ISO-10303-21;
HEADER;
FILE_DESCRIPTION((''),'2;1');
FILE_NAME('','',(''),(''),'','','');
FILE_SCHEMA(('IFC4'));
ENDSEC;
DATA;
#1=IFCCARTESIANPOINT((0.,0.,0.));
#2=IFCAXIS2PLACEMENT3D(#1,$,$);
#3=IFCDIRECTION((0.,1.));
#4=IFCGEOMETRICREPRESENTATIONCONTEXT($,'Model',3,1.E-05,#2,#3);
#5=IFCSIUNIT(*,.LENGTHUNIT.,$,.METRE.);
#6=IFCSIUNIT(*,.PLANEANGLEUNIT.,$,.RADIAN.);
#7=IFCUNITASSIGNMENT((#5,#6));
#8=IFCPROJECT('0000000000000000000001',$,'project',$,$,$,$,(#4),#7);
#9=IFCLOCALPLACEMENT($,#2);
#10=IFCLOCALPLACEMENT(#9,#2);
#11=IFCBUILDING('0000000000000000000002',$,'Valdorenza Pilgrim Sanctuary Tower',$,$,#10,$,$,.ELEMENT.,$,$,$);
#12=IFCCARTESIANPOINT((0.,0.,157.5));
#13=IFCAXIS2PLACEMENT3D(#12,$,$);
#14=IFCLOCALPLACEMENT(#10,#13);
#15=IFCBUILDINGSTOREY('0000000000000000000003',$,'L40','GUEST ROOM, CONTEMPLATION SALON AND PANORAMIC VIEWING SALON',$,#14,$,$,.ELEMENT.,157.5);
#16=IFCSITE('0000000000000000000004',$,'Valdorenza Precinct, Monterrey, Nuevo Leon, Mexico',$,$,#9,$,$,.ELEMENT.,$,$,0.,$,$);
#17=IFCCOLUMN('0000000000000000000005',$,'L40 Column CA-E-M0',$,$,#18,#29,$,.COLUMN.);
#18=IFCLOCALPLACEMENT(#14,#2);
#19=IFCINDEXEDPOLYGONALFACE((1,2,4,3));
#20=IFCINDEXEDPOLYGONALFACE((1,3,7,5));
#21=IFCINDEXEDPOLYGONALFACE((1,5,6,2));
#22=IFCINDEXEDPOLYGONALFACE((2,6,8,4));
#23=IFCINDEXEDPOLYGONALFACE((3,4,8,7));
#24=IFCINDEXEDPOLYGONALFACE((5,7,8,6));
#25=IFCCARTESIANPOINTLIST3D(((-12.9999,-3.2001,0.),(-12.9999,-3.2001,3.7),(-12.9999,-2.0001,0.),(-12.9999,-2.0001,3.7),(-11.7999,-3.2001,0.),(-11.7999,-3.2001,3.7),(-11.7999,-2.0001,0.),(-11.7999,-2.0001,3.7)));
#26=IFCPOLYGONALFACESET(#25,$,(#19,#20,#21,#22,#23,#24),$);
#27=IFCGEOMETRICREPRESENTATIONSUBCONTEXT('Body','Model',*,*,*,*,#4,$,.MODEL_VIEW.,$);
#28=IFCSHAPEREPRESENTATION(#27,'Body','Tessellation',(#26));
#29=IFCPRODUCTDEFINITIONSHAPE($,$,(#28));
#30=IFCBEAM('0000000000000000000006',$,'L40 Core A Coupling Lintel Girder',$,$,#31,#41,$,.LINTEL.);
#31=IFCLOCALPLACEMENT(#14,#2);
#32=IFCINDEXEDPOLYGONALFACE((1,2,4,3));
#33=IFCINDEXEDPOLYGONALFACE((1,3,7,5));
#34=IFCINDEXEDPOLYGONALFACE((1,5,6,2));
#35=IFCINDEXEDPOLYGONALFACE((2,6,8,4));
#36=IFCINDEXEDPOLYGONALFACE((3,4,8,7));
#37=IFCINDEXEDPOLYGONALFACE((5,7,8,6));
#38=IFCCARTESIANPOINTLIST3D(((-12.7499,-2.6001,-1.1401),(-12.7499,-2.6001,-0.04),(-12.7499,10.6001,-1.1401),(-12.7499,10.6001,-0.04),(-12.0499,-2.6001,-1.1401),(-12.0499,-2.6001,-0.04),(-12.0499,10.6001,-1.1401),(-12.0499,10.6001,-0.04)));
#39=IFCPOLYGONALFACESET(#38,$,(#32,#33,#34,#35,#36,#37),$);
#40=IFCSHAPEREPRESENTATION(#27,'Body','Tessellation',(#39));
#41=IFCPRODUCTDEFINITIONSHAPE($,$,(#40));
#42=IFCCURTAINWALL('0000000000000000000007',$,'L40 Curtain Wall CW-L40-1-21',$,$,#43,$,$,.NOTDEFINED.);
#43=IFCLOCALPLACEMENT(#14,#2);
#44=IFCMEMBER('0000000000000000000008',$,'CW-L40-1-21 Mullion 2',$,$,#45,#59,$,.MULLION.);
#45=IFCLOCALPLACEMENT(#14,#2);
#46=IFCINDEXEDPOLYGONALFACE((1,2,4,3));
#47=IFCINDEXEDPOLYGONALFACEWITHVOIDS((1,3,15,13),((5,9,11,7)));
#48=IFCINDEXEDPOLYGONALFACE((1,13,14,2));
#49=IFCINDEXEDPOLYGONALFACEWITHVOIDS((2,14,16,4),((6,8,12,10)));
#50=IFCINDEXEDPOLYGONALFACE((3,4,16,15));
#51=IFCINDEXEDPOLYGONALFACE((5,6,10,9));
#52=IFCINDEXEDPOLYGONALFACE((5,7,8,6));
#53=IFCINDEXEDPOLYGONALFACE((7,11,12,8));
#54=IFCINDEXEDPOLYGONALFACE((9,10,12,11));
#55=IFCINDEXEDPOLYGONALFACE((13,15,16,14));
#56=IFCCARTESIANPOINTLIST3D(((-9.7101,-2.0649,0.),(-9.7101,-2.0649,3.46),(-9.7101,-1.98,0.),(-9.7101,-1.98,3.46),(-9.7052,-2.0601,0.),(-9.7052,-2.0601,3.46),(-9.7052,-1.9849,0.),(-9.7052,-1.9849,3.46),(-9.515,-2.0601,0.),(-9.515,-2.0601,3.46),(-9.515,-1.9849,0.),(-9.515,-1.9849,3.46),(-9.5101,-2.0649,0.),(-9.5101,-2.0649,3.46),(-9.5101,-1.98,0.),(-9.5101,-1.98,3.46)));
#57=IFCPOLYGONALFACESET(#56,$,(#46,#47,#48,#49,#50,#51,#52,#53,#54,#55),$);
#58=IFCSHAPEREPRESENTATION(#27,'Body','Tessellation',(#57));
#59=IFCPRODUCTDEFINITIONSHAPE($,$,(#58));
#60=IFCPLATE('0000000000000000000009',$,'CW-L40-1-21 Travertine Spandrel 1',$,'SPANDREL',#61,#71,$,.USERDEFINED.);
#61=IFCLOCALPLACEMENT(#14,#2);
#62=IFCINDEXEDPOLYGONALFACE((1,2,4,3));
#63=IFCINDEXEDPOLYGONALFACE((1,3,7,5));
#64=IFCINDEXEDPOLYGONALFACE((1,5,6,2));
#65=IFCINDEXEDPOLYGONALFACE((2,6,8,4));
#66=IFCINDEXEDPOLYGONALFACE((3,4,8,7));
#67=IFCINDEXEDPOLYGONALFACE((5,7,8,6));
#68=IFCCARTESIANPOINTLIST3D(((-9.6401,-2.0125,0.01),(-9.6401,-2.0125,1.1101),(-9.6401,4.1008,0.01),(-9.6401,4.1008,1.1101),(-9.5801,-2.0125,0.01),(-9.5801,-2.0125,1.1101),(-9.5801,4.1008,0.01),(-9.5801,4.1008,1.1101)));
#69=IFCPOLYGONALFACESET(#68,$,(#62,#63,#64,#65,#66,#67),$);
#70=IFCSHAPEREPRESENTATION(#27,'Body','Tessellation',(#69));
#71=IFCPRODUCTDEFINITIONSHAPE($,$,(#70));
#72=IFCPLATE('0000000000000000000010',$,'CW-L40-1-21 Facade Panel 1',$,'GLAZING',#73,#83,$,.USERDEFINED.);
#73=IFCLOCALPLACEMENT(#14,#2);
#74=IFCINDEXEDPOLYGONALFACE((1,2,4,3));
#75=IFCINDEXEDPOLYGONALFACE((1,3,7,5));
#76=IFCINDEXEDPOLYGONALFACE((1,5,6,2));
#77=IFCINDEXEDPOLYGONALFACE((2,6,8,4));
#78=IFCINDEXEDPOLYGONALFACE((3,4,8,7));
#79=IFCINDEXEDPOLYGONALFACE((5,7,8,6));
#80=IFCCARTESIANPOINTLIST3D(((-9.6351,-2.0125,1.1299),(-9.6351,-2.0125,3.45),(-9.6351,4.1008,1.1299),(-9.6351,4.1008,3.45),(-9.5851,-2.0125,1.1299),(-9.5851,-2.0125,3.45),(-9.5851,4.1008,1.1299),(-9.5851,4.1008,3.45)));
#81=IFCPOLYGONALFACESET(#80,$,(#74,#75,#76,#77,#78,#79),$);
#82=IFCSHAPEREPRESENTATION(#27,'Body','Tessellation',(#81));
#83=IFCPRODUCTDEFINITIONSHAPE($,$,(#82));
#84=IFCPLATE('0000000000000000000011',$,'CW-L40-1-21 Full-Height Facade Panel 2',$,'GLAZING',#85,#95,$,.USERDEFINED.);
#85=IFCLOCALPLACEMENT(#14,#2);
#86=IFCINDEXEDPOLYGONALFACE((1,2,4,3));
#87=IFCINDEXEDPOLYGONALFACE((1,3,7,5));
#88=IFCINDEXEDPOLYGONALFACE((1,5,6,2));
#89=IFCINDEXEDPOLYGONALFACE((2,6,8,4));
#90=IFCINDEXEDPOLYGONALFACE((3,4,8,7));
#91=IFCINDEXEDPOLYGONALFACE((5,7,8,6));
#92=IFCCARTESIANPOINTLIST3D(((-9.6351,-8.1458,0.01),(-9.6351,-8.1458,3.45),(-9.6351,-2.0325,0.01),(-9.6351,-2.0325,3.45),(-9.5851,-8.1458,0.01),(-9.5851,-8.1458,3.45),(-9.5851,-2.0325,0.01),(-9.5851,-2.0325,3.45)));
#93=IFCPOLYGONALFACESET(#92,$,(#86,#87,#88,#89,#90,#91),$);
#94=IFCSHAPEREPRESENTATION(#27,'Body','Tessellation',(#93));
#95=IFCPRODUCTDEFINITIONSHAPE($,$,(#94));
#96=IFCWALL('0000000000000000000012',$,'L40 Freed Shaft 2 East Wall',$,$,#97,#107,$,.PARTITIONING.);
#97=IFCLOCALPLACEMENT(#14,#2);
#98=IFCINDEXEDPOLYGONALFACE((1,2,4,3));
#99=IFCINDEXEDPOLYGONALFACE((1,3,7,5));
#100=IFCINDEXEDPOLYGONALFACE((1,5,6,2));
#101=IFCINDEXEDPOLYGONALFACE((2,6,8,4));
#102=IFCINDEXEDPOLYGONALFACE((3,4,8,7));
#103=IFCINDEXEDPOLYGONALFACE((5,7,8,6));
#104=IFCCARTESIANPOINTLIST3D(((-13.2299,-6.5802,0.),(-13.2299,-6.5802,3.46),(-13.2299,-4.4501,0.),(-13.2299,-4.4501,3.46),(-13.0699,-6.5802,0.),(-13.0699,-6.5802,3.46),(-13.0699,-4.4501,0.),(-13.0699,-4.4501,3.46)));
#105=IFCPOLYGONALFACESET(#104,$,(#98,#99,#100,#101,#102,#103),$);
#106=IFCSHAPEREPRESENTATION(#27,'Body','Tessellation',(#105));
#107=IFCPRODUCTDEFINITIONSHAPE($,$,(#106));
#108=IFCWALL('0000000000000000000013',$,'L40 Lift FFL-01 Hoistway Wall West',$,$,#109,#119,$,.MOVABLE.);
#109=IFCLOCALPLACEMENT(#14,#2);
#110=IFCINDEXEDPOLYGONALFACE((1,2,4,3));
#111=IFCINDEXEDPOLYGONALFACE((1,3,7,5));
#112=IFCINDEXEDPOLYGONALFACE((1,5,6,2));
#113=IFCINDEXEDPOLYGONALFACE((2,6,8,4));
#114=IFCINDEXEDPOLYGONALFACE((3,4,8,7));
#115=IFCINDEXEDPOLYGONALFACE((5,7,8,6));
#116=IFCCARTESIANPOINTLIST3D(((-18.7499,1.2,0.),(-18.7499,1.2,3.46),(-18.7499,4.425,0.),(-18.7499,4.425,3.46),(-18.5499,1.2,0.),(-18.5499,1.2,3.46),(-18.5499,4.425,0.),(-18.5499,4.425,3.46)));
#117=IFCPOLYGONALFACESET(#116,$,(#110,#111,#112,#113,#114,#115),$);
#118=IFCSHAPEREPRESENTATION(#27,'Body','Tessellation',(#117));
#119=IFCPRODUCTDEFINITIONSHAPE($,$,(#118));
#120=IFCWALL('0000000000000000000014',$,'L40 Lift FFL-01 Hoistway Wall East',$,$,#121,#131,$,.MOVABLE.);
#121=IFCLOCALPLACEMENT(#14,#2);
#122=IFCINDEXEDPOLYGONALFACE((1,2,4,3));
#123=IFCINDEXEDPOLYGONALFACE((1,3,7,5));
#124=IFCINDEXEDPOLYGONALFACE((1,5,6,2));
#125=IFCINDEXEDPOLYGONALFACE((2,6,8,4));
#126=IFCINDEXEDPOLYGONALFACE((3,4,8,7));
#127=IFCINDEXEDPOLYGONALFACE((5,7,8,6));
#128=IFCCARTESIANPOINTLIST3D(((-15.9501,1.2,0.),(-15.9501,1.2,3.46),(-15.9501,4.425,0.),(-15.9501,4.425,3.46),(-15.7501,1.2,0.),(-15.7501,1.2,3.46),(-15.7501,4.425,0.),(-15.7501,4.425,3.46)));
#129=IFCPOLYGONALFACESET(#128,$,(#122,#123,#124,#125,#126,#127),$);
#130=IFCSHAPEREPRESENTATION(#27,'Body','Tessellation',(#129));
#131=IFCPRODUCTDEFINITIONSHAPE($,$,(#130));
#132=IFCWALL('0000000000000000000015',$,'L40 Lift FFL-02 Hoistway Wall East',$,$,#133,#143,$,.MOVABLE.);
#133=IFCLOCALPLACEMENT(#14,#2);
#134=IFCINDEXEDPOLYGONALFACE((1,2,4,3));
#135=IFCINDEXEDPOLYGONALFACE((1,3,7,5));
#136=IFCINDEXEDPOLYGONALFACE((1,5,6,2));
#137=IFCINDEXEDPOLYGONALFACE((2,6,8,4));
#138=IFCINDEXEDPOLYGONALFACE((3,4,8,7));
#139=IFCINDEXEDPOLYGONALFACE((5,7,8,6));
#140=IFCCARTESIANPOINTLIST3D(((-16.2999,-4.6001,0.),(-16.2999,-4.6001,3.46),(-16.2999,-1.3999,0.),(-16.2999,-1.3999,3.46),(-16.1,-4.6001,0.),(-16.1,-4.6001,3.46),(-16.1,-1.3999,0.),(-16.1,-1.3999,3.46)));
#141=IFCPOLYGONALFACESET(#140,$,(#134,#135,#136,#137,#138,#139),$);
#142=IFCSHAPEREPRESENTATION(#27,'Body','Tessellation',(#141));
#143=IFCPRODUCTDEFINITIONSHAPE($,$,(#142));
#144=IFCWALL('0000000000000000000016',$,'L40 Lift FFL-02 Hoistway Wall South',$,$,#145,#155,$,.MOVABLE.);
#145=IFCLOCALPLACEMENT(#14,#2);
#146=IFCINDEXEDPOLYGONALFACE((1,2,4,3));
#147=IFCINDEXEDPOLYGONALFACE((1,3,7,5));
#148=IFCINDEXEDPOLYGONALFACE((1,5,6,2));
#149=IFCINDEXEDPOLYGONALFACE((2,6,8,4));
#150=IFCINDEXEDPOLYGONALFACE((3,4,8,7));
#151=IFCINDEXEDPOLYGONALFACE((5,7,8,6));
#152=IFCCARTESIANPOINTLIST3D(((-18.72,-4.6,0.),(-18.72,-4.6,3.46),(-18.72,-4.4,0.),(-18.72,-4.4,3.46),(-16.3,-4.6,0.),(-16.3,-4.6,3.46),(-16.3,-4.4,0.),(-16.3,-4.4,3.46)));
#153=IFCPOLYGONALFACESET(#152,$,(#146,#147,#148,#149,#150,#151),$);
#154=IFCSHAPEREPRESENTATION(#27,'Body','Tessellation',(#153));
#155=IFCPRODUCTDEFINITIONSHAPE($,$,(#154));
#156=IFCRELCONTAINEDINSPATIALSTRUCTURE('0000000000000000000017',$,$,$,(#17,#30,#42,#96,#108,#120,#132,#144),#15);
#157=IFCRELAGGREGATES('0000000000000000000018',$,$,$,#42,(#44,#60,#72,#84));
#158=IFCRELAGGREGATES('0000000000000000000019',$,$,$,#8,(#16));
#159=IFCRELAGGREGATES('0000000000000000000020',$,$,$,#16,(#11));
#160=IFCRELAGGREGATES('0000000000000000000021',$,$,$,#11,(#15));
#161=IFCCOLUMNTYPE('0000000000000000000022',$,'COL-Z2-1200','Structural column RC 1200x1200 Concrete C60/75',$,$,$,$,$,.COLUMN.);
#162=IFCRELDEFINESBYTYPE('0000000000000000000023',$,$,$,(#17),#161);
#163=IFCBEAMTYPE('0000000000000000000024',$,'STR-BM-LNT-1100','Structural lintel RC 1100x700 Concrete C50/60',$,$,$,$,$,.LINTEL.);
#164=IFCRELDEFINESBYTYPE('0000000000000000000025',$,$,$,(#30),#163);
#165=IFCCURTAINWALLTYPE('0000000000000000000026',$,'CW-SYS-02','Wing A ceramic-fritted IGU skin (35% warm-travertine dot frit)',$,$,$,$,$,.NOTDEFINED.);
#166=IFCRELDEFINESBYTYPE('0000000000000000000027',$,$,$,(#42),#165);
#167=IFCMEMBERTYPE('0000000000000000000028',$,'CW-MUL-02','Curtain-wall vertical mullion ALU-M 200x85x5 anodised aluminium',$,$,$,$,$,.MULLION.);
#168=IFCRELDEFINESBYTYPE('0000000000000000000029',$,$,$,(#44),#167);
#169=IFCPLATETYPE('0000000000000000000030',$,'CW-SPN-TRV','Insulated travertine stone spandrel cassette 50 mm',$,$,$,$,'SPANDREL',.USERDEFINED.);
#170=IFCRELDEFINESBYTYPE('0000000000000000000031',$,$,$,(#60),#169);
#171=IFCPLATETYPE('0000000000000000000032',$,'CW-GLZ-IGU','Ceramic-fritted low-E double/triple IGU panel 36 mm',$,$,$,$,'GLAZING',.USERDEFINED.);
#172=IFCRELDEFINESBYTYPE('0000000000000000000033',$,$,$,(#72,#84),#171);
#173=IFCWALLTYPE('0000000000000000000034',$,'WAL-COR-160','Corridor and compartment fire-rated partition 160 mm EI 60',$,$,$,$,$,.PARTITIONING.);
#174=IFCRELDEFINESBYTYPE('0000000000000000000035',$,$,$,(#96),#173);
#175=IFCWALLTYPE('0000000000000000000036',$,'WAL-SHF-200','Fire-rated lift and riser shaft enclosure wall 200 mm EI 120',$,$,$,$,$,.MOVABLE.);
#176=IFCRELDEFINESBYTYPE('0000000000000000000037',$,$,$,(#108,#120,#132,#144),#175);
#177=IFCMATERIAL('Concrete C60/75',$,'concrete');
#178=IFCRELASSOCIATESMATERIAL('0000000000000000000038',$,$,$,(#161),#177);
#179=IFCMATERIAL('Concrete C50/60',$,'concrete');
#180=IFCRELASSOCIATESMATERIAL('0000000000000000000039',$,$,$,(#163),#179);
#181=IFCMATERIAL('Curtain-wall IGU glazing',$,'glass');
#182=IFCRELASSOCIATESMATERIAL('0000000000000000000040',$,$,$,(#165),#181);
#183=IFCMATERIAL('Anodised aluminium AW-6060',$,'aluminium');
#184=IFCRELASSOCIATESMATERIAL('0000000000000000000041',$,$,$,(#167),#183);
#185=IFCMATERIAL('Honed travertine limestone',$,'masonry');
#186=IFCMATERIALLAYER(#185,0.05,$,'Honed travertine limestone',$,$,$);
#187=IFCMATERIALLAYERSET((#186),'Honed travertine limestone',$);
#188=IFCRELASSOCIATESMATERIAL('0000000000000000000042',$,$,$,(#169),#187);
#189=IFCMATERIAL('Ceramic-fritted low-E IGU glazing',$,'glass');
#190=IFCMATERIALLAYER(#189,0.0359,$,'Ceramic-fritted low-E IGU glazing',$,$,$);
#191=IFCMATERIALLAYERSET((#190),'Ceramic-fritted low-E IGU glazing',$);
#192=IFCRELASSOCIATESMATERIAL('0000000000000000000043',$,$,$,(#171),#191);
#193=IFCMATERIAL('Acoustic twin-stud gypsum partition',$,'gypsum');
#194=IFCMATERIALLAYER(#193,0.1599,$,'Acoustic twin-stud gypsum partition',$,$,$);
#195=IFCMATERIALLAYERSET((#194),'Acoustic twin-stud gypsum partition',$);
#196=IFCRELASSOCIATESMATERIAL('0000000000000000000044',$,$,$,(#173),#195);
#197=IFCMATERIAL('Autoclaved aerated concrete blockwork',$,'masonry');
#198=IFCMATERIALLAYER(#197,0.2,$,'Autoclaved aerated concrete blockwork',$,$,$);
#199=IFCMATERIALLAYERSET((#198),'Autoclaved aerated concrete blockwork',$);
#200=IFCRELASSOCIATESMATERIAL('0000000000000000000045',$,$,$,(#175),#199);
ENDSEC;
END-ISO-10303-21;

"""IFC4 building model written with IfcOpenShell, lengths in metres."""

from ifc_helpers import new_model, si_unit, direction, frame, frame_2d, origin, origin_2d, place, context, subcontext, project, spatial, rectangle, hollow_rectangle, extrude, source, transform, mapped, material, layer, layer_set, material_profile, profile_set, type_object, element, aggregate, save


model = new_model("IFC4")

# Units and contexts
model_context = context("Model", 3, precision=1e-05, world=origin(), true_north=direction((0.0, 1.0)))
body_context = subcontext(model_context, "Body", "Model", "MODEL_VIEW")
ifc_project = project(units=[si_unit("LENGTHUNIT", "METRE"), si_unit("PLANEANGLEUNIT", "RADIAN")], contexts=[model_context])

# Site, building, storey
site_placement = place(None, origin())
site = spatial("IfcSite", under=ifc_project, at=site_placement, Name="Valdorenza Precinct, Monterrey, Nuevo Leon, Mexico", CompositionType="ELEMENT", RefElevation=0.0)
building_placement = place(site_placement, origin())
building = spatial("IfcBuilding", under=site, at=building_placement, Name="Valdorenza Pilgrim Sanctuary Tower", CompositionType="ELEMENT")
storey_placement = place(building_placement, frame((0.0, 0.0, 157.5)))
storey = spatial("IfcBuildingStorey", under=building, at=storey_placement, Name="L40", Description="GUEST ROOM, CONTEMPLATION SALON AND PANORAMIC VIEWING SALON", CompositionType="ELEMENT", Elevation=157.5)

# Column
ifc_material_1 = material(Name="Concrete C60/75", Category="concrete")
ifc_material_profile_1 = material_profile(ifc_material_1, rectangle(XDim=1.2, YDim=1.2, at=origin_2d()), Name="RC 1200x1200")
ifc_profile_set_1 = profile_set([ifc_material_profile_1], Name="Concrete C60/75")
column_type = type_object("IfcColumnType", Name="COL-Z2-1200", Description="Structural column RC 1200x1200 Concrete C60/75", PredefinedType="COLUMN", material=ifc_profile_set_1)
shared_shape_1 = source(origin(), body_context, "Body", "SweptSolid", [
    extrude(rectangle(XDim=1.2, YDim=1.2, at=origin_2d()), origin(), (0.0, 0.0, 1.0), 3.7),
])
column_placement = place(storey_placement, frame((-12.3999, -2.6001, 0.0), z_axis=(0.0, 0.0, 1.0), x_axis=(1.0, 0.0, 0.0)))
element("IfcColumn", 1, at=column_placement, inside=storey, type_object=column_type, Name="L40 Column CA-E-M0", PredefinedType="COLUMN", context=body_context, shape_type="MappedRepresentation", body=[
    mapped(shared_shape_1, transform((0.0, 0.0, 0.0), x_axis=(1.0, 0.0, 0.0), y_axis=(0.0, 1.0, 0.0), z_axis=(0.0, 0.0, 1.0), scale=1.0)),
])

# Beam
ifc_material_2 = material(Name="Concrete C50/60", Category="concrete")
ifc_material_profile_2 = material_profile(ifc_material_2, rectangle(XDim=0.7, YDim=1.1001, at=origin_2d()), Name="RC 1100x700")
ifc_profile_set_2 = profile_set([ifc_material_profile_2], Name="Concrete C50/60")
beam_type = type_object("IfcBeamType", Name="STR-BM-LNT-1100", Description="Structural lintel RC 1100x700 Concrete C50/60", PredefinedType="LINTEL", material=ifc_profile_set_2)
shared_shape_2 = source(origin(), body_context, "Body", "SweptSolid", [
    extrude(rectangle(XDim=0.7, YDim=1.1001, at=origin_2d()), origin(), (0.0, 0.0, 1.0), 13.2002),
])
beam_placement = place(storey_placement, frame((-12.3999, -2.6001, -0.5901), z_axis=(0.0, 1.0, 0.0), x_axis=(-1.0, 0.0, 0.0)))
element("IfcBeam", 2, at=beam_placement, inside=storey, type_object=beam_type, Name="L40 Core A Coupling Lintel Girder", PredefinedType="LINTEL", context=body_context, shape_type="MappedRepresentation", body=[
    mapped(shared_shape_2, transform((0.0, 0.0, 0.0), x_axis=(1.0, 0.0, 0.0), y_axis=(0.0, 1.0, 0.0), z_axis=(0.0, 0.0, 1.0), scale=1.0)),
])

# Curtain wall, member, plates
ifc_material_3 = material(Name="Curtain-wall IGU glazing", Category="glass")
curtain_wall_type = type_object("IfcCurtainWallType", Name="CW-SYS-02", Description="Wing A ceramic-fritted IGU skin (35% warm-travertine dot frit)", PredefinedType="NOTDEFINED", material=ifc_material_3)
curtain_wall_placement = place(storey_placement, origin())
curtain_wall = element("IfcCurtainWall", 3, at=curtain_wall_placement, inside=storey, type_object=curtain_wall_type, Name="L40 Curtain Wall CW-L40-1-21", PredefinedType="NOTDEFINED")
ifc_material_4 = material(Name="Anodised aluminium AW-6060", Category="aluminium")
ifc_material_profile_3 = material_profile(ifc_material_4, hollow_rectangle(XDim=0.085, YDim=0.2, WallThickness=0.0049, at=origin_2d()), Name="ALU-M 200x85x5")
ifc_profile_set_3 = profile_set([ifc_material_profile_3], Name="Anodised aluminium AW-6060")
member_type = type_object("IfcMemberType", Name="CW-MUL-02", Description="Curtain-wall vertical mullion ALU-M 200x85x5 anodised aluminium", PredefinedType="MULLION", material=ifc_profile_set_3)
shared_shape_3 = source(origin(), body_context, "Body", "SweptSolid", [
    extrude(hollow_rectangle(XDim=0.085, YDim=0.2, WallThickness=0.0049, at=origin_2d()), origin(), (0.0, 0.0, 1.0), 3.46),
])
member_placement = place(storey_placement, frame((-9.6101, -2.0225, 0.0), z_axis=(0.0, 0.0, 1.0), x_axis=(0.0, -1.0, 0.0)))
member = element("IfcMember", 4, at=member_placement, type_object=member_type, Name="CW-L40-1-21 Mullion 2", PredefinedType="MULLION", context=body_context, shape_type="MappedRepresentation", body=[
    mapped(shared_shape_3, transform((0.0, 0.0, 0.0), x_axis=(1.0, 0.0, 0.0), y_axis=(0.0, 1.0, 0.0), z_axis=(0.0, 0.0, 1.0), scale=1.0)),
])
ifc_material_5 = material(Name="Honed travertine limestone", Category="masonry")
ifc_layer_1 = layer(ifc_material_5, 0.05, Name="Honed travertine limestone")
ifc_layer_set_1 = layer_set([ifc_layer_1], Name="Honed travertine limestone")
plate_type_1 = type_object("IfcPlateType", Name="CW-SPN-TRV", Description="Insulated travertine stone spandrel cassette 50 mm", ElementType="SPANDREL", PredefinedType="USERDEFINED", material=ifc_layer_set_1)
shared_shape_4 = source(origin(), body_context, "Body", "SweptSolid", [
    extrude(rectangle(XDim=6.1133, YDim=0.0601, at=origin_2d()), origin(), (0.0, 0.0, 1.0), 1.1001),
])
plate_1_placement = place(storey_placement, frame((-9.6101, 1.0442, 0.01), z_axis=(0.0, 0.0, 1.0), x_axis=(0.0, -1.0, 0.0)))
plate_1 = element("IfcPlate", 5, at=plate_1_placement, type_object=plate_type_1, Name="CW-L40-1-21 Travertine Spandrel 1", ObjectType="SPANDREL", PredefinedType="USERDEFINED", context=body_context, shape_type="MappedRepresentation", body=[
    mapped(shared_shape_4, transform((0.0, 0.0, 0.0), x_axis=(1.0, 0.0, 0.0), y_axis=(0.0, 1.0, 0.0), z_axis=(0.0, 0.0, 1.0), scale=1.0)),
])
ifc_material_6 = material(Name="Ceramic-fritted low-E IGU glazing", Category="glass")
ifc_layer_2 = layer(ifc_material_6, 0.0359, Name="Ceramic-fritted low-E IGU glazing")
ifc_layer_set_2 = layer_set([ifc_layer_2], Name="Ceramic-fritted low-E IGU glazing")
plate_type_2 = type_object("IfcPlateType", Name="CW-GLZ-IGU", Description="Ceramic-fritted low-E double/triple IGU panel 36 mm", ElementType="GLAZING", PredefinedType="USERDEFINED", material=ifc_layer_set_2)
shared_shape_5 = source(origin(), body_context, "Body", "SweptSolid", [
    extrude(rectangle(XDim=6.1133, YDim=0.05, at=origin_2d()), origin(), (0.0, 0.0, 1.0), 2.3201),
])
plate_2_placement = place(storey_placement, frame((-9.6101, 1.0442, 1.1299), z_axis=(0.0, 0.0, 1.0), x_axis=(0.0, -1.0, 0.0)))
plate_2 = element("IfcPlate", 6, at=plate_2_placement, type_object=plate_type_2, Name="CW-L40-1-21 Facade Panel 1", ObjectType="GLAZING", PredefinedType="USERDEFINED", context=body_context, shape_type="MappedRepresentation", body=[
    mapped(shared_shape_5, transform((0.0, 0.0, 0.0), x_axis=(1.0, 0.0, 0.0), y_axis=(0.0, 1.0, 0.0), z_axis=(0.0, 0.0, 1.0), scale=1.0)),
])
shared_shape_6 = source(origin(), body_context, "Body", "SweptSolid", [
    extrude(rectangle(XDim=6.1133, YDim=0.05, at=origin_2d()), origin(), (0.0, 0.0, 1.0), 3.4399),
])
plate_3_placement = place(storey_placement, frame((-9.6101, -5.0891, 0.01), z_axis=(0.0, 0.0, 1.0), x_axis=(0.0, -1.0, 0.0)))
plate_3 = element("IfcPlate", 7, at=plate_3_placement, type_object=plate_type_2, Name="CW-L40-1-21 Full-Height Facade Panel 2", ObjectType="GLAZING", PredefinedType="USERDEFINED", context=body_context, shape_type="MappedRepresentation", body=[
    mapped(shared_shape_6, transform((0.0, 0.0, 0.0), x_axis=(1.0, 0.0, 0.0), y_axis=(0.0, 1.0, 0.0), z_axis=(0.0, 0.0, 1.0), scale=1.0)),
])
aggregate(curtain_wall, [member, plate_1, plate_2, plate_3])

# Wall
ifc_material_7 = material(Name="Acoustic twin-stud gypsum partition", Category="gypsum")
ifc_layer_3 = layer(ifc_material_7, 0.1599, Name="Acoustic twin-stud gypsum partition")
ifc_layer_set_3 = layer_set([ifc_layer_3], Name="Acoustic twin-stud gypsum partition")
wall_type_1 = type_object("IfcWallType", Name="WAL-COR-160", Description="Corridor and compartment fire-rated partition 160 mm EI 60", PredefinedType="PARTITIONING", material=ifc_layer_set_3)
wall_1_placement = place(storey_placement, frame((-13.1499, -6.5801, 0.0), z_axis=(0.0, 0.0, 1.0), x_axis=(0.0, 1.0, 0.0)))
element("IfcWall", 8, at=wall_1_placement, inside=storey, type_object=wall_type_1, Name="L40 Freed Shaft 2 East Wall", PredefinedType="PARTITIONING", context=body_context, shape_type="SweptSolid", body=[
    extrude(rectangle(XDim=2.1301, YDim=0.1599, at=frame_2d((1.0649, 0.0))), origin(), (0.0, 0.0, 1.0), 3.46),
])

# Walls
ifc_material_8 = material(Name="Autoclaved aerated concrete blockwork", Category="masonry")
ifc_layer_4 = layer(ifc_material_8, 0.2, Name="Autoclaved aerated concrete blockwork")
ifc_layer_set_4 = layer_set([ifc_layer_4], Name="Autoclaved aerated concrete blockwork")
wall_type_2 = type_object("IfcWallType", Name="WAL-SHF-200", Description="Fire-rated lift and riser shaft enclosure wall 200 mm EI 120", PredefinedType="MOVABLE", material=ifc_layer_set_4)
for number, where, z_axis, x_axis, name in (
    (9, (-18.6499, 1.2, 0.0), (0.0, 0.0, 1.0), (0.0, 1.0, 0.0), "L40 Lift FFL-01 Hoistway Wall West"),
    (10, (-15.8501, 1.2, 0.0), (0.0, 0.0, 1.0), (0.0, 1.0, 0.0), "L40 Lift FFL-01 Hoistway Wall East"),
):
    element("IfcWall", number, at=place(storey_placement, frame(where, z_axis=z_axis, x_axis=x_axis)), inside=storey, type_object=wall_type_2, Name=name, PredefinedType="MOVABLE", context=body_context, shape_type="SweptSolid", body=[
        extrude(rectangle(XDim=3.2251, YDim=0.2, at=frame_2d((1.6125, 0.0))), origin(), (0.0, 0.0, 1.0), 3.46),
    ])
wall_2_placement = place(storey_placement, frame((-16.2, -4.6001, 0.0), z_axis=(0.0, 0.0, 1.0), x_axis=(0.0, 1.0, 0.0)))
element("IfcWall", 11, at=wall_2_placement, inside=storey, type_object=wall_type_2, Name="L40 Lift FFL-02 Hoistway Wall East", PredefinedType="MOVABLE", context=body_context, shape_type="SweptSolid", body=[
    extrude(rectangle(XDim=3.2002, YDim=0.2, at=frame_2d((1.6001, 0.0))), origin(), (0.0, 0.0, 1.0), 3.46),
])
wall_3_placement = place(storey_placement, frame((-18.72, -4.5, 0.0), z_axis=(0.0, 0.0, 1.0), x_axis=(1.0, 0.0, 0.0)))
element("IfcWall", 12, at=wall_3_placement, inside=storey, type_object=wall_type_2, Name="L40 Lift FFL-02 Hoistway Wall South", PredefinedType="MOVABLE", context=body_context, shape_type="SweptSolid", body=[
    extrude(rectangle(XDim=2.4199, YDim=0.2, at=frame_2d((1.21, 0.0))), origin(), (0.0, 0.0, 1.0), 3.46),
])

save(model, "model.ifc")
